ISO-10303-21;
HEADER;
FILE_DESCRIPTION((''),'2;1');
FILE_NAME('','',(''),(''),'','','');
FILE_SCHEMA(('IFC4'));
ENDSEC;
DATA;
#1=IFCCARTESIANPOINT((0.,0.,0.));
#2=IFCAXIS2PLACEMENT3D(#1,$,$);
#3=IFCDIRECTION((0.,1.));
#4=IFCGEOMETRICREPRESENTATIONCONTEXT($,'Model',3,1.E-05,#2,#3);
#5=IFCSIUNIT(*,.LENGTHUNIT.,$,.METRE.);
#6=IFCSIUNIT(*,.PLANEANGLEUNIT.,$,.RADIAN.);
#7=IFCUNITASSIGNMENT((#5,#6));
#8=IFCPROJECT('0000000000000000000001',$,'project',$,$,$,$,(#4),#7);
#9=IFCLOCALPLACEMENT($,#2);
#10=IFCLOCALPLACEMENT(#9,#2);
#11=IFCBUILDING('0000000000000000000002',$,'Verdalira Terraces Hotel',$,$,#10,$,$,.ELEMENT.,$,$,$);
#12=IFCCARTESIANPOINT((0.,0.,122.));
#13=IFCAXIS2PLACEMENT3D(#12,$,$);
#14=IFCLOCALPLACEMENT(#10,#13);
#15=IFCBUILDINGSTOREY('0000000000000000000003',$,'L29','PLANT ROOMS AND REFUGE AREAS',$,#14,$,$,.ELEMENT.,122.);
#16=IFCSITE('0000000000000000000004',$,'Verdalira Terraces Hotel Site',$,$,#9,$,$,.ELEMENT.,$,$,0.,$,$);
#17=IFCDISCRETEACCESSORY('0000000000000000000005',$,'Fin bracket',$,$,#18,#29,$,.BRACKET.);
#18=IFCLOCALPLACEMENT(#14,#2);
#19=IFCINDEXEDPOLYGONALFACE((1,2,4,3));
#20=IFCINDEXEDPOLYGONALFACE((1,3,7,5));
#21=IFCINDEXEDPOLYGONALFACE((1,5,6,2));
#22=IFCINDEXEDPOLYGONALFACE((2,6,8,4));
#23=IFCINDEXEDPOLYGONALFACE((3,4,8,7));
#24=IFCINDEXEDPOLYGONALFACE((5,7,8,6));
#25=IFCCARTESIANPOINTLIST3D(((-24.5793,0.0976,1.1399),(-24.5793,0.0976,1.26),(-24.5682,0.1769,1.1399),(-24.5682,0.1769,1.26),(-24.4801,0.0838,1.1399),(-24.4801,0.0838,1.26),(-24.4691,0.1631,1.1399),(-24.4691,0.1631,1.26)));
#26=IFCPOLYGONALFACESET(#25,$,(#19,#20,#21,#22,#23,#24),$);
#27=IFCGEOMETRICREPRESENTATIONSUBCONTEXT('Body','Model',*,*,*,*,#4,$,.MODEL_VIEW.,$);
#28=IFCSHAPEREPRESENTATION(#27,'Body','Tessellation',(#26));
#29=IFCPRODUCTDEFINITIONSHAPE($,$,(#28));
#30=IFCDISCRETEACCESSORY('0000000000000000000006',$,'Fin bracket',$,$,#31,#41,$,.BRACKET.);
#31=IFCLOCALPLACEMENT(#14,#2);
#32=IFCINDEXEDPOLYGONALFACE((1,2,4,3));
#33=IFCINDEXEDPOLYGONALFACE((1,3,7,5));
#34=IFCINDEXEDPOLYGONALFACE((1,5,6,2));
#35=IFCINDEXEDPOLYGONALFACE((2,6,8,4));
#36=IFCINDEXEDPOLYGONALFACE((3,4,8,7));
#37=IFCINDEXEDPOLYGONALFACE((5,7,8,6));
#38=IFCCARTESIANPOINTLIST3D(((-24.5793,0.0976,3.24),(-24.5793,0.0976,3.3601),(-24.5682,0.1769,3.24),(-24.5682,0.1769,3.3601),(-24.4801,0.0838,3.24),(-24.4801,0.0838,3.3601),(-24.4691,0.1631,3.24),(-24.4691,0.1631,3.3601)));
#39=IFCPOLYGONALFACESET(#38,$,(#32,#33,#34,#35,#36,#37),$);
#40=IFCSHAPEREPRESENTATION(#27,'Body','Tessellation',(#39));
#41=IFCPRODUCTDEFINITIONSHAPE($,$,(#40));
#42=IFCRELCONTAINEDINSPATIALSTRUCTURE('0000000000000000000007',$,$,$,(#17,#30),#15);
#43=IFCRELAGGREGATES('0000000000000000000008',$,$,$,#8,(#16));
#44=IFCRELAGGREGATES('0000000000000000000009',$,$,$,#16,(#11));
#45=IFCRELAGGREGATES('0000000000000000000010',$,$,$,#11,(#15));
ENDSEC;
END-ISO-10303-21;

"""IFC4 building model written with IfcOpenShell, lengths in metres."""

from ifc_helpers import new_model, si_unit, direction, frame, origin, origin_2d, place, context, subcontext, project, spatial, rectangle, extrude, element, save


model = new_model("IFC4")

# Units and contexts
model_context = context("Model", 3, precision=1e-05, world=origin(), true_north=direction((0.0, 1.0)))
body_context = subcontext(model_context, "Body", "Model", "MODEL_VIEW")
ifc_project = project(units=[si_unit("LENGTHUNIT", "METRE"), si_unit("PLANEANGLEUNIT", "RADIAN")], contexts=[model_context])

# Site, building, storey
site_placement = place(None, origin())
site = spatial("IfcSite", under=ifc_project, at=site_placement, Name="Verdalira Terraces Hotel Site", CompositionType="ELEMENT", RefElevation=0.0)
building_placement = place(site_placement, origin())
building = spatial("IfcBuilding", under=site, at=building_placement, Name="Verdalira Terraces Hotel", CompositionType="ELEMENT")
storey_placement = place(building_placement, frame((0.0, 0.0, 122.0)))
storey = spatial("IfcBuildingStorey", under=building, at=storey_placement, Name="L29", Description="PLANT ROOMS AND REFUGE AREAS", CompositionType="ELEMENT", Elevation=122.0)

# Discrete accessories
for number, where, z_axis, x_axis, name in (
    (1, (-24.5242, 0.1304, 1.1399), (0.0, 0.0, 1.0), (-0.13779, -0.990461, 0.0), "Fin bracket"),
    (2, (-24.5242, 0.1304, 3.24), (0.0, 0.0, 1.0), (-0.13779, -0.990461, 0.0), "Fin bracket"),
):
    element("IfcDiscreteAccessory", number, at=place(storey_placement, frame(where, z_axis=z_axis, x_axis=x_axis)), inside=storey, Name=name, PredefinedType="BRACKET", context=body_context, shape_type="SweptSolid", body=[
        extrude(rectangle(XDim=0.0801, YDim=0.1001, at=origin_2d()), origin(), (0.0, 0.0, 1.0), 0.1201),
    ])

save(model, "model.ifc")
